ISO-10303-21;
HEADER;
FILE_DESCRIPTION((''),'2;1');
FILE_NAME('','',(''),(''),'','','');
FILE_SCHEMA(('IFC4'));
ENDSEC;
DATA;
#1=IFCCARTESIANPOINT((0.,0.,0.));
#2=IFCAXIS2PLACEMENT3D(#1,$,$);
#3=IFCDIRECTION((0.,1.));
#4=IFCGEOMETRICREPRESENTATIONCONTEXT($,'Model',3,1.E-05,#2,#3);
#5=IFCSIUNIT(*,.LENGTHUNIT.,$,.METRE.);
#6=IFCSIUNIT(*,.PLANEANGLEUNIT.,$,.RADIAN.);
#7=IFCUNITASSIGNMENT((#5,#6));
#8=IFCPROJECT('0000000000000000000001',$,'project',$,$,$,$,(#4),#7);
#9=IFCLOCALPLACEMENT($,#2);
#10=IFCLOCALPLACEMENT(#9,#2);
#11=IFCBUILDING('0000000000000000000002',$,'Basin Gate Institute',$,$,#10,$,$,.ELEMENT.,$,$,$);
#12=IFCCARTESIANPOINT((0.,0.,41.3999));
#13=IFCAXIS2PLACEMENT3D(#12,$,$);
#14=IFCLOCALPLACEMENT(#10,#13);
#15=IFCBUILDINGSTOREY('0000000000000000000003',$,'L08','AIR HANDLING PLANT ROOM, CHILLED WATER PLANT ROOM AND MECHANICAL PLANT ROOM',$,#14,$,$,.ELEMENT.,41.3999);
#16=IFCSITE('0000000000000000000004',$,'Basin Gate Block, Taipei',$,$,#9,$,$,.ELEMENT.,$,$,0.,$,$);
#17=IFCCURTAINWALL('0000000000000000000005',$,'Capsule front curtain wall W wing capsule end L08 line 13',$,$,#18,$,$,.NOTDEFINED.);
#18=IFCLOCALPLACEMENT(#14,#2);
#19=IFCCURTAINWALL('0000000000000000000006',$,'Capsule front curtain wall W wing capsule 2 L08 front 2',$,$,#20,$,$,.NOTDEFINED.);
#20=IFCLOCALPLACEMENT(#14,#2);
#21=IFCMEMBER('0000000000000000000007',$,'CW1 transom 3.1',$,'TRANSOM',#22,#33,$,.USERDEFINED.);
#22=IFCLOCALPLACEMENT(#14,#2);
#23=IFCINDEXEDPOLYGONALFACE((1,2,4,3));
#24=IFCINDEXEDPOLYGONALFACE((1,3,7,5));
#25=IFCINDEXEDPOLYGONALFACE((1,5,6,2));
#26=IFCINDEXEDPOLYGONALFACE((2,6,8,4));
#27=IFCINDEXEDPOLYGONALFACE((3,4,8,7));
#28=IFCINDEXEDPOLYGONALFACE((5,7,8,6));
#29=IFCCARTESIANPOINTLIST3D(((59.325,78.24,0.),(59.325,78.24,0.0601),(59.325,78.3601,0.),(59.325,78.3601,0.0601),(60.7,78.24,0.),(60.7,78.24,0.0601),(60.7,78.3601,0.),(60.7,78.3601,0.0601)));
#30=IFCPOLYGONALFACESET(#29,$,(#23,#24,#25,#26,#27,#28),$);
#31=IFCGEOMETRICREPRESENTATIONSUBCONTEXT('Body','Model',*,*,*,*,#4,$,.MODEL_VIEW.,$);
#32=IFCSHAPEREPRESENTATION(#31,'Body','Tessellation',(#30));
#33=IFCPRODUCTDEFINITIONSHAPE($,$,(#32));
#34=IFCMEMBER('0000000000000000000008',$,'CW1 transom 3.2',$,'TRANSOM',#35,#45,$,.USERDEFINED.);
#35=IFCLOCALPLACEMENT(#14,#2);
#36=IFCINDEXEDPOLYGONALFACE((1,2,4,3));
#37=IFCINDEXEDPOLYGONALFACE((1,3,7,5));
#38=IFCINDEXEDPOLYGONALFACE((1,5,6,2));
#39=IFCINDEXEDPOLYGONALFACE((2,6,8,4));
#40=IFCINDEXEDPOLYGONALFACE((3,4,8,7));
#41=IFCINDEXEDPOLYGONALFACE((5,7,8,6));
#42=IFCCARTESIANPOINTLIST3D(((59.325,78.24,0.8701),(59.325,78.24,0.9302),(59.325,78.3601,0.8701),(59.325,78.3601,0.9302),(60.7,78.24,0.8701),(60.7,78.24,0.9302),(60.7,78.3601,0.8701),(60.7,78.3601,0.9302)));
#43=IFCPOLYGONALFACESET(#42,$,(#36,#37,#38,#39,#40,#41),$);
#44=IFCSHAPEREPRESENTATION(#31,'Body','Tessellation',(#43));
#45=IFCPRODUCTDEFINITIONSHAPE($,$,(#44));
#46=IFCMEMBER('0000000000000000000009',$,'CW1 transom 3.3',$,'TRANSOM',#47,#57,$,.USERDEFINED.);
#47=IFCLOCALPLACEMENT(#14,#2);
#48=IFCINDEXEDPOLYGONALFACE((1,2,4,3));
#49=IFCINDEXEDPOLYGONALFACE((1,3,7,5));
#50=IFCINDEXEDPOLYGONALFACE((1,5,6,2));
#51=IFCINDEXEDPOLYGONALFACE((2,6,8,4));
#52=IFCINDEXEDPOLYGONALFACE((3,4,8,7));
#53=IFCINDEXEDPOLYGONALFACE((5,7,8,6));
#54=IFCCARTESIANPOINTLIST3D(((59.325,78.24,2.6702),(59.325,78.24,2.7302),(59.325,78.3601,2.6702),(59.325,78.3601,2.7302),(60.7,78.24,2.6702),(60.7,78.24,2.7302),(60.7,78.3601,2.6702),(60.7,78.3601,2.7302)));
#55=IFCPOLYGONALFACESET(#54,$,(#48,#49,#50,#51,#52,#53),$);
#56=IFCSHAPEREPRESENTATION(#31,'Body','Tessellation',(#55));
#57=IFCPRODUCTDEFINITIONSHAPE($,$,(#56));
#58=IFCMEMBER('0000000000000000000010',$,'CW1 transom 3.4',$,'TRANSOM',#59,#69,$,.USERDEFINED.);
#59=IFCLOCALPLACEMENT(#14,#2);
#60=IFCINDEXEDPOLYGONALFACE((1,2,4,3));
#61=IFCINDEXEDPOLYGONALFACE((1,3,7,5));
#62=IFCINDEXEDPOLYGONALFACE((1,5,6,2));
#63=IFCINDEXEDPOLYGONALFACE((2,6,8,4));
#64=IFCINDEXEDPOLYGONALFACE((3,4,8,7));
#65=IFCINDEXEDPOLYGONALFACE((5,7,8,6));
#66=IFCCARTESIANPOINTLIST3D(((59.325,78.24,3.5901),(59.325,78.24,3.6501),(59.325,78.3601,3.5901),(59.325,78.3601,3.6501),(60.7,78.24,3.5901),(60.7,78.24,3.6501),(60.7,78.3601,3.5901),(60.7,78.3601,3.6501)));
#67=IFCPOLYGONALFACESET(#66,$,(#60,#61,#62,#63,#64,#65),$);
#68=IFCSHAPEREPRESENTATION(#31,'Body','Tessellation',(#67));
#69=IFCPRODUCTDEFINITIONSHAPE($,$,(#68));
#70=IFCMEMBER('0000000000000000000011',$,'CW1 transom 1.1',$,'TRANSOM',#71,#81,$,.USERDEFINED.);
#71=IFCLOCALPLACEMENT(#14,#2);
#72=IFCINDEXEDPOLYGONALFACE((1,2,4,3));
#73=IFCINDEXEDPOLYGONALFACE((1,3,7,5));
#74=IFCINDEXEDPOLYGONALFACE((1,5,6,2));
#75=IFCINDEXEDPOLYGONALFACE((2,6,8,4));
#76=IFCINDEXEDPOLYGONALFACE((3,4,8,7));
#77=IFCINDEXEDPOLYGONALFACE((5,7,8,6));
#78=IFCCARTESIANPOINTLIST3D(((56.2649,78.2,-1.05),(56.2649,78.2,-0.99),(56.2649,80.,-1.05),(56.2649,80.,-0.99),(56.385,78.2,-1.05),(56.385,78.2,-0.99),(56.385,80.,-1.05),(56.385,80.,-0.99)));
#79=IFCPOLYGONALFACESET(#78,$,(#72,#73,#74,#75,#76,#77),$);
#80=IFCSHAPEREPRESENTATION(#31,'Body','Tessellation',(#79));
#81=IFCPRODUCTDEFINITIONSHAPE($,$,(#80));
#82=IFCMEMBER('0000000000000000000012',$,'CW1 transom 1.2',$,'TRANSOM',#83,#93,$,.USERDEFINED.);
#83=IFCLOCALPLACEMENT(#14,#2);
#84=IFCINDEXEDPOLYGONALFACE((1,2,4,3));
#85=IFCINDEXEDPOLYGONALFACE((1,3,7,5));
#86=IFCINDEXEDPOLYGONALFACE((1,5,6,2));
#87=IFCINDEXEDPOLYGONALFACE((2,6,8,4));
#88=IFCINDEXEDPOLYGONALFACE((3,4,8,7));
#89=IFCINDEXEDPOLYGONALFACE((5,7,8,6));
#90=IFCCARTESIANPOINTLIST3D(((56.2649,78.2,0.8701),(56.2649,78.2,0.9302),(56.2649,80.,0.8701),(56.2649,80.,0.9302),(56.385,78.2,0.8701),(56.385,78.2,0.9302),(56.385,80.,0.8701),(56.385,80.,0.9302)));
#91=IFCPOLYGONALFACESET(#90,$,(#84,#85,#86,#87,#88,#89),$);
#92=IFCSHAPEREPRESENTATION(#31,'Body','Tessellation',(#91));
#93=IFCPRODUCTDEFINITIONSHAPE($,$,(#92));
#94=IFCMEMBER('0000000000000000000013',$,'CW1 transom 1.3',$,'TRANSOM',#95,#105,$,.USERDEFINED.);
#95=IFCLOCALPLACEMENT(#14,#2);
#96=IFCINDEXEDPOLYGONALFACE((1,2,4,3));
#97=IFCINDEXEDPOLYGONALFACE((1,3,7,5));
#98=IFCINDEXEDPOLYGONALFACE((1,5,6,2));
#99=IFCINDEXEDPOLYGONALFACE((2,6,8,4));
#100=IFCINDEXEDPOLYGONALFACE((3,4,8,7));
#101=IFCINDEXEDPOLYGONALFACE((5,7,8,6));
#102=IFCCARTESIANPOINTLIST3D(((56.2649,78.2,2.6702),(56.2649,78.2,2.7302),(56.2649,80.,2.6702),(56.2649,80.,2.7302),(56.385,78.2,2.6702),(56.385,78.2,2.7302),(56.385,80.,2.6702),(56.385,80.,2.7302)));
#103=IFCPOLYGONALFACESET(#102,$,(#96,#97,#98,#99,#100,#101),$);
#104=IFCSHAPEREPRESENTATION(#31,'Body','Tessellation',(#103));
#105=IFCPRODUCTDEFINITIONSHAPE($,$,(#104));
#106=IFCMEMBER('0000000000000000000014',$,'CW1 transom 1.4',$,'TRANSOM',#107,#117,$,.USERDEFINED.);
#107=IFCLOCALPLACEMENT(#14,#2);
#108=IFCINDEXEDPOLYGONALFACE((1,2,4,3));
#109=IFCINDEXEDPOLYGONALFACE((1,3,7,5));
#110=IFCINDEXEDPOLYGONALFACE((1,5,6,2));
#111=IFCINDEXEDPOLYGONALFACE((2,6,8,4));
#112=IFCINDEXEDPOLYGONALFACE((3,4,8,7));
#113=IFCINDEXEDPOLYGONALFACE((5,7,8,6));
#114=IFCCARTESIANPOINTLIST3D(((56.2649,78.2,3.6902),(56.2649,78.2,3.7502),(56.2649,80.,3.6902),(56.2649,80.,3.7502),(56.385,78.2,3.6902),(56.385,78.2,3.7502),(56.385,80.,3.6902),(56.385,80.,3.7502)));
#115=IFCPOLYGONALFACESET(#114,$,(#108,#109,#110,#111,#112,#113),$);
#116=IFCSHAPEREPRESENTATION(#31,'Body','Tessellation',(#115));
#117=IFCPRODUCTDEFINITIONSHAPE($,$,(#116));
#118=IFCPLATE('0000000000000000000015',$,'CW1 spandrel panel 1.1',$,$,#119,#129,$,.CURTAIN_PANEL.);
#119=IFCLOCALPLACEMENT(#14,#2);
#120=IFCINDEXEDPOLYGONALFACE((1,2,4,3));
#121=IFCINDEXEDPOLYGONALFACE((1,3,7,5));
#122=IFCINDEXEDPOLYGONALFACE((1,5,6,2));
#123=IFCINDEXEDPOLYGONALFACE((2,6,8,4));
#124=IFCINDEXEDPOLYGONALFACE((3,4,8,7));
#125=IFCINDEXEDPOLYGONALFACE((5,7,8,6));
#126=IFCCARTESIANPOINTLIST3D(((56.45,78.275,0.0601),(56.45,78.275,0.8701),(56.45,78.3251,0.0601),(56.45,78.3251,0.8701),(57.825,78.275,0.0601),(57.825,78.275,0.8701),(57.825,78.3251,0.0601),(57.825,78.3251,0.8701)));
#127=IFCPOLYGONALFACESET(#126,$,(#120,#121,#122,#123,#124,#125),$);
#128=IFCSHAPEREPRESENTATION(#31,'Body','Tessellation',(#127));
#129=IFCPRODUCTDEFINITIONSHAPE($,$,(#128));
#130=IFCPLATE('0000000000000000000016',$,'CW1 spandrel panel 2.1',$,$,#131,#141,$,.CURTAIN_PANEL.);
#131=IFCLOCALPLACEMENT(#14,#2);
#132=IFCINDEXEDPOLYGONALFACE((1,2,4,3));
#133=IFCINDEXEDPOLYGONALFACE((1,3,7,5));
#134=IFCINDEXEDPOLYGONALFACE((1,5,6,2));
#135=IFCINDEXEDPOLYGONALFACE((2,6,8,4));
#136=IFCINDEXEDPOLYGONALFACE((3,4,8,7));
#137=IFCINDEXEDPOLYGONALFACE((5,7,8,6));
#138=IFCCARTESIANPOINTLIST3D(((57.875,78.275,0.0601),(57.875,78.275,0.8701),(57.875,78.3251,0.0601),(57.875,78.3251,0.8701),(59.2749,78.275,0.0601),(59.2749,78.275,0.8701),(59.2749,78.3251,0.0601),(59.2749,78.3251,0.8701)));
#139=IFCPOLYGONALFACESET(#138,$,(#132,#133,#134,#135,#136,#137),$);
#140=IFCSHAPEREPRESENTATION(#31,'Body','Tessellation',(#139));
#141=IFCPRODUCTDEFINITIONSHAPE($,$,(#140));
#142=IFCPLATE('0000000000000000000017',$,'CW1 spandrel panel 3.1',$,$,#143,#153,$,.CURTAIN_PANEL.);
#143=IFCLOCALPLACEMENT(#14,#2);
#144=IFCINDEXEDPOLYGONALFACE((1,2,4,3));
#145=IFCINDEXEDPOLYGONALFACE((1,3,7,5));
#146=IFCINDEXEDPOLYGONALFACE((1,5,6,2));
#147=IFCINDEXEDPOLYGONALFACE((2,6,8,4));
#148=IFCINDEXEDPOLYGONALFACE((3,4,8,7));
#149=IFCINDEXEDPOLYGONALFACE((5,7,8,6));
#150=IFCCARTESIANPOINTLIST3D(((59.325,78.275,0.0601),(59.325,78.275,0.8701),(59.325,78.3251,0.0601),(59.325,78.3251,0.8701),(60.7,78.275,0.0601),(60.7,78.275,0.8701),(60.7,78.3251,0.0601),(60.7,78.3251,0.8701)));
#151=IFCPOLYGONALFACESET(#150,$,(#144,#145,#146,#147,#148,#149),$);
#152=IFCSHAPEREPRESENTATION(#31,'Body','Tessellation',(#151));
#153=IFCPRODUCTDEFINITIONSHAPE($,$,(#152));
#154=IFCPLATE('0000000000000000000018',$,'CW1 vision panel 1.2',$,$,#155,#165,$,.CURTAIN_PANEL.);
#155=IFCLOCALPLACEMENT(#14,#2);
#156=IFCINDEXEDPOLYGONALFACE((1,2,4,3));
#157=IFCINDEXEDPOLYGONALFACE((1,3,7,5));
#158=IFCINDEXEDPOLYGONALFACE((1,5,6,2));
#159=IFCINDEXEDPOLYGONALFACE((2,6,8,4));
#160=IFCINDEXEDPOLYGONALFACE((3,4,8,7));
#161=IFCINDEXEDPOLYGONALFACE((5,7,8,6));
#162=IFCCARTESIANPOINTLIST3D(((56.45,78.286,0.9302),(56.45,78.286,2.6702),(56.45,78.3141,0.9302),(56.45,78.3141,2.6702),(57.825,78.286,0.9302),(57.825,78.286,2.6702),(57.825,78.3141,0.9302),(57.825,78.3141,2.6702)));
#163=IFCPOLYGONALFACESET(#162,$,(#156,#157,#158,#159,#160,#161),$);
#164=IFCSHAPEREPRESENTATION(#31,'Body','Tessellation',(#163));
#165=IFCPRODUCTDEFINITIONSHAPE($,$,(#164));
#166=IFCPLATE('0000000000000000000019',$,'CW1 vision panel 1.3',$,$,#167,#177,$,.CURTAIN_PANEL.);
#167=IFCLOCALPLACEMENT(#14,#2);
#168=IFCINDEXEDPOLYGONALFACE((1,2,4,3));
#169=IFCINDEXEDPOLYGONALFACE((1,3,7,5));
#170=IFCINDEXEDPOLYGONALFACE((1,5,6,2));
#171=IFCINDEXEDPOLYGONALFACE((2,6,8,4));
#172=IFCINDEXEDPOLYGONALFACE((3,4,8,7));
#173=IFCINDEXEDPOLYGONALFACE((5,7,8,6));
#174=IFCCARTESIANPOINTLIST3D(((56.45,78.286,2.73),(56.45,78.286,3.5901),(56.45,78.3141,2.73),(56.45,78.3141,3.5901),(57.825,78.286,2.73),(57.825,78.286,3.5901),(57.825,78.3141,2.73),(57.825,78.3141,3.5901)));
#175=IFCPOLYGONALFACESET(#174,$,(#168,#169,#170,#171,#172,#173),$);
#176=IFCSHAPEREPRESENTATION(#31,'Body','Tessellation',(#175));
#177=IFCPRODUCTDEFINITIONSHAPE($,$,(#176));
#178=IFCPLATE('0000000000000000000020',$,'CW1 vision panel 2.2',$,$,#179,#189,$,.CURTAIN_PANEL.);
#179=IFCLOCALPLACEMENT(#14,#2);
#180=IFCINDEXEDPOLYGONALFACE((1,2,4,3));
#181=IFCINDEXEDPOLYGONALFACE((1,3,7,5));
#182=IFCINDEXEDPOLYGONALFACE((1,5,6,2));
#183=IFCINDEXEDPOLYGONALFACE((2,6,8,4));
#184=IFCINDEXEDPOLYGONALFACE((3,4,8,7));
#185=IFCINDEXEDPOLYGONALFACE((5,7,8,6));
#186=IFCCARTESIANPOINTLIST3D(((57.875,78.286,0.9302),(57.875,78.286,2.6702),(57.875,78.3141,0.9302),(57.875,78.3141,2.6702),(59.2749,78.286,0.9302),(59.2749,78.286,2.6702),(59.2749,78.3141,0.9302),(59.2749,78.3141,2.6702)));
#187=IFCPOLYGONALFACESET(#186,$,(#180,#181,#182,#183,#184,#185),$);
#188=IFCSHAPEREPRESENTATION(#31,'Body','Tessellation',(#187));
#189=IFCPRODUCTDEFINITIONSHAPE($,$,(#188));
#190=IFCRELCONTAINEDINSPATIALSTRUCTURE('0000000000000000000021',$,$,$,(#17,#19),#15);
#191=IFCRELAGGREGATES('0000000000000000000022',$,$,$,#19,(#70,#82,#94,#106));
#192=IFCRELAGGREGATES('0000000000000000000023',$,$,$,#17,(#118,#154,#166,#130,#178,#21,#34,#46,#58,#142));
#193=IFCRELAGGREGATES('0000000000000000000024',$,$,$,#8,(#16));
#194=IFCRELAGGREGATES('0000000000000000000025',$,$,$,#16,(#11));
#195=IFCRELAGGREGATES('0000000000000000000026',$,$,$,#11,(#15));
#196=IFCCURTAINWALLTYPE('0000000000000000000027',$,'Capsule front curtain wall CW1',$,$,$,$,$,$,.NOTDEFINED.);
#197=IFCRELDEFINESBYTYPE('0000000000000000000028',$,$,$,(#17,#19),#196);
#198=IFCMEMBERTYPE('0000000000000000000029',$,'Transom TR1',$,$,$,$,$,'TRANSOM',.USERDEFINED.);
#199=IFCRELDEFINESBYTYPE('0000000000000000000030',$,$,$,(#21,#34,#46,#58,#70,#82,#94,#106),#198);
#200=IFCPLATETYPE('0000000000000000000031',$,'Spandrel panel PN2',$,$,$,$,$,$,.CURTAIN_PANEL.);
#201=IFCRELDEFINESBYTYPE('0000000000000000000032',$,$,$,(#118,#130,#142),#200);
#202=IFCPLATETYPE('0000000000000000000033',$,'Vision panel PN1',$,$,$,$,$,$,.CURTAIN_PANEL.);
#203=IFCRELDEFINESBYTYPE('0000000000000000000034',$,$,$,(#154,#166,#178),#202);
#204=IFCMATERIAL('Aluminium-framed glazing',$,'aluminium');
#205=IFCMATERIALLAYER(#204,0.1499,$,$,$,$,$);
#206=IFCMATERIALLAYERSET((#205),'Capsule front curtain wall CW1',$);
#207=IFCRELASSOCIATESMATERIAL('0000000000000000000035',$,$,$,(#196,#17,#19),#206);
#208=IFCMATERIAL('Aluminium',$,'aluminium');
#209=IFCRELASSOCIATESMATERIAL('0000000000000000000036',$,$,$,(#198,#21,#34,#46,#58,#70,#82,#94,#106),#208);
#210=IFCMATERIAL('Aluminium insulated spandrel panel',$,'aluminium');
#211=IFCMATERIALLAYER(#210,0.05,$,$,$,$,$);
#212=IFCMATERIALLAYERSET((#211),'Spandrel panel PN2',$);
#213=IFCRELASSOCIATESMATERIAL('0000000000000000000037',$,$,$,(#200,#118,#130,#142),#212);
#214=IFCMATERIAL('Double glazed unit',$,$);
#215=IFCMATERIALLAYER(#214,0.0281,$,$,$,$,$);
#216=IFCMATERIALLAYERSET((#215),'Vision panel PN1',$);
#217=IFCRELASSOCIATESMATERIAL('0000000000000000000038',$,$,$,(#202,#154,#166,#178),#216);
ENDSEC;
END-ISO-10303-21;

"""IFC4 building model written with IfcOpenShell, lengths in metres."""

from ifc_helpers import new_model, si_unit, direction, frame, origin, origin_2d, place, context, subcontext, project, spatial, rectangle, extrude, material, layer, layer_set, material_profile, profile_set, type_object, element, aggregate, save


model = new_model("IFC4")

# Units and contexts
model_context = context("Model", 3, precision=1e-05, world=origin(), true_north=direction((0.0, 1.0)))
body_context = subcontext(model_context, "Body", "Model", "MODEL_VIEW")
ifc_project = project(units=[si_unit("LENGTHUNIT", "METRE"), si_unit("PLANEANGLEUNIT", "RADIAN")], contexts=[model_context])

# Site, building, storey
site_placement = place(None, origin())
site = spatial("IfcSite", under=ifc_project, at=site_placement, Name="Basin Gate Block, Taipei", CompositionType="ELEMENT", RefElevation=0.0)
building_placement = place(site_placement, origin())
building = spatial("IfcBuilding", under=site, at=building_placement, Name="Basin Gate Institute", CompositionType="ELEMENT")
storey_placement = place(building_placement, frame((0.0, 0.0, 41.3999)))
storey = spatial("IfcBuildingStorey", under=building, at=storey_placement, Name="L08", Description="AIR HANDLING PLANT ROOM, CHILLED WATER PLANT ROOM AND MECHANICAL PLANT ROOM", CompositionType="ELEMENT", Elevation=41.3999)

# Curtain wall
ifc_material_1 = material(Name="Aluminium-framed glazing", Category="aluminium")
ifc_layer_1 = layer(ifc_material_1, 0.1499)
ifc_layer_set_1 = layer_set([ifc_layer_1], Name="Capsule front curtain wall CW1")
curtain_wall_type = type_object("IfcCurtainWallType", Name="Capsule front curtain wall CW1", PredefinedType="NOTDEFINED", material=ifc_layer_set_1)
curtain_wall_1_placement = place(storey_placement, origin())
curtain_wall_1 = element("IfcCurtainWall", 1, at=curtain_wall_1_placement, inside=storey, type_object=curtain_wall_type, material=ifc_layer_set_1, Name="Capsule front curtain wall W wing capsule end L08 line 13", PredefinedType="NOTDEFINED")

# Curtain wall
curtain_wall_2_placement = place(storey_placement, origin())
curtain_wall_2 = element("IfcCurtainWall", 2, at=curtain_wall_2_placement, inside=storey, type_object=curtain_wall_type, material=ifc_layer_set_1, Name="Capsule front curtain wall W wing capsule 2 L08 front 2", PredefinedType="NOTDEFINED")

# Members
ifc_material_2 = material(Name="Aluminium", Category="aluminium")
ifc_material_profile_1 = material_profile(ifc_material_2, rectangle(XDim=0.1201, YDim=0.0601, at=origin_2d()), Name="Transom TR1 120 x 60")
ifc_profile_set_1 = profile_set([ifc_material_profile_1], Name="Aluminium")
member_type_1 = type_object("IfcMemberType", Name="Transom TR1", ElementType="TRANSOM", PredefinedType="USERDEFINED", material=ifc_profile_set_1)
member_1_placement = place(storey_placement, frame((59.325, 78.3, 0.03), z_axis=(1.0, 0.0, 0.0), x_axis=(0.0, 1.0, 0.0)))
member_1 = element("IfcMember", 3, at=member_1_placement, type_object=member_type_1, material=ifc_profile_set_1, Name="CW1 transom 3.1", ObjectType="TRANSOM", PredefinedType="USERDEFINED", context=body_context, shape_type="SweptSolid", body=[
    extrude(rectangle(XDim=0.1201, YDim=0.0601, at=origin_2d()), origin(), (0.0, 0.0, 1.0), 1.375),
])
member_2_placement = place(storey_placement, frame((59.325, 78.3, 0.9001), z_axis=(1.0, 0.0, 0.0), x_axis=(0.0, 1.0, 0.0)))
member_2 = element("IfcMember", 4, at=member_2_placement, type_object=member_type_1, material=ifc_profile_set_1, Name="CW1 transom 3.2", ObjectType="TRANSOM", PredefinedType="USERDEFINED", context=body_context, shape_type="SweptSolid", body=[
    extrude(rectangle(XDim=0.1201, YDim=0.0601, at=origin_2d()), origin(), (0.0, 0.0, 1.0), 1.375),
])
member_3_placement = place(storey_placement, frame((59.325, 78.3, 2.7002), z_axis=(1.0, 0.0, 0.0), x_axis=(0.0, 1.0, 0.0)))
member_3 = element("IfcMember", 5, at=member_3_placement, type_object=member_type_1, material=ifc_profile_set_1, Name="CW1 transom 3.3", ObjectType="TRANSOM", PredefinedType="USERDEFINED", context=body_context, shape_type="SweptSolid", body=[
    extrude(rectangle(XDim=0.1201, YDim=0.0601, at=origin_2d()), origin(), (0.0, 0.0, 1.0), 1.375),
])
member_4_placement = place(storey_placement, frame((59.325, 78.3, 3.6201), z_axis=(1.0, 0.0, 0.0), x_axis=(0.0, 1.0, 0.0)))
member_4 = element("IfcMember", 6, at=member_4_placement, type_object=member_type_1, material=ifc_profile_set_1, Name="CW1 transom 3.4", ObjectType="TRANSOM", PredefinedType="USERDEFINED", context=body_context, shape_type="SweptSolid", body=[
    extrude(rectangle(XDim=0.1201, YDim=0.0601, at=origin_2d()), origin(), (0.0, 0.0, 1.0), 1.375),
])
member_5_placement = place(storey_placement, frame((56.325, 78.2, -1.02), z_axis=(0.0, 1.0, 0.0), x_axis=(-1.0, 0.0, 0.0)))
member_5 = element("IfcMember", 7, at=member_5_placement, type_object=member_type_1, material=ifc_profile_set_1, Name="CW1 transom 1.1", ObjectType="TRANSOM", PredefinedType="USERDEFINED", context=body_context, shape_type="SweptSolid", body=[
    extrude(rectangle(XDim=0.1201, YDim=0.0601, at=origin_2d()), origin(), (0.0, 0.0, 1.0), 1.8),
])
member_6_placement = place(storey_placement, frame((56.325, 78.2, 0.9001), z_axis=(0.0, 1.0, 0.0), x_axis=(-1.0, 0.0, 0.0)))
member_6 = element("IfcMember", 8, at=member_6_placement, type_object=member_type_1, material=ifc_profile_set_1, Name="CW1 transom 1.2", ObjectType="TRANSOM", PredefinedType="USERDEFINED", context=body_context, shape_type="SweptSolid", body=[
    extrude(rectangle(XDim=0.1201, YDim=0.0601, at=origin_2d()), origin(), (0.0, 0.0, 1.0), 1.8),
])
member_7_placement = place(storey_placement, frame((56.325, 78.2, 2.7002), z_axis=(0.0, 1.0, 0.0), x_axis=(-1.0, 0.0, 0.0)))
member_7 = element("IfcMember", 9, at=member_7_placement, type_object=member_type_1, material=ifc_profile_set_1, Name="CW1 transom 1.3", ObjectType="TRANSOM", PredefinedType="USERDEFINED", context=body_context, shape_type="SweptSolid", body=[
    extrude(rectangle(XDim=0.1201, YDim=0.0601, at=origin_2d()), origin(), (0.0, 0.0, 1.0), 1.8),
])
member_8_placement = place(storey_placement, frame((56.325, 78.2, 3.7202), z_axis=(0.0, 1.0, 0.0), x_axis=(-1.0, 0.0, 0.0)))
member_8 = element("IfcMember", 10, at=member_8_placement, type_object=member_type_1, material=ifc_profile_set_1, Name="CW1 transom 1.4", ObjectType="TRANSOM", PredefinedType="USERDEFINED", context=body_context, shape_type="SweptSolid", body=[
    extrude(rectangle(XDim=0.1201, YDim=0.0601, at=origin_2d()), origin(), (0.0, 0.0, 1.0), 1.8),
])
aggregate(curtain_wall_2, [member_5, member_6, member_7, member_8])

# Plates
ifc_material_3 = material(Name="Aluminium insulated spandrel panel", Category="aluminium")
ifc_layer_2 = layer(ifc_material_3, 0.05)
ifc_layer_set_2 = layer_set([ifc_layer_2], Name="Spandrel panel PN2")
plate_type_1 = type_object("IfcPlateType", Name="Spandrel panel PN2", PredefinedType="CURTAIN_PANEL", material=ifc_layer_set_2)
plate_1_placement = place(storey_placement, frame((57.1375, 78.3, 0.0601), z_axis=(0.0, 0.0, 1.0), x_axis=(1.0, 0.0, 0.0)))
plate_1 = element("IfcPlate", 11, at=plate_1_placement, type_object=plate_type_1, material=ifc_layer_set_2, Name="CW1 spandrel panel 1.1", PredefinedType="CURTAIN_PANEL", context=body_context, shape_type="SweptSolid", body=[
    extrude(rectangle(XDim=1.375, YDim=0.05, at=origin_2d()), origin(), (0.0, 0.0, 1.0), 0.8101),
])
plate_2_placement = place(storey_placement, frame((58.575, 78.3, 0.0601), z_axis=(0.0, 0.0, 1.0), x_axis=(1.0, 0.0, 0.0)))
plate_2 = element("IfcPlate", 12, at=plate_2_placement, type_object=plate_type_1, material=ifc_layer_set_2, Name="CW1 spandrel panel 2.1", PredefinedType="CURTAIN_PANEL", context=body_context, shape_type="SweptSolid", body=[
    extrude(rectangle(XDim=1.3999, YDim=0.05, at=origin_2d()), origin(), (0.0, 0.0, 1.0), 0.8101),
])
plate_3_placement = place(storey_placement, frame((60.0125, 78.3, 0.0601), z_axis=(0.0, 0.0, 1.0), x_axis=(1.0, 0.0, 0.0)))
plate_3 = element("IfcPlate", 13, at=plate_3_placement, type_object=plate_type_1, material=ifc_layer_set_2, Name="CW1 spandrel panel 3.1", PredefinedType="CURTAIN_PANEL", context=body_context, shape_type="SweptSolid", body=[
    extrude(rectangle(XDim=1.375, YDim=0.05, at=origin_2d()), origin(), (0.0, 0.0, 1.0), 0.8101),
])
ifc_material_4 = material(Name="Double glazed unit")
ifc_layer_3 = layer(ifc_material_4, 0.0281)
ifc_layer_set_3 = layer_set([ifc_layer_3], Name="Vision panel PN1")
plate_type_2 = type_object("IfcPlateType", Name="Vision panel PN1", PredefinedType="CURTAIN_PANEL", material=ifc_layer_set_3)
plate_4_placement = place(storey_placement, frame((57.1375, 78.3, 0.9302), z_axis=(0.0, 0.0, 1.0), x_axis=(1.0, 0.0, 0.0)))
plate_4 = element("IfcPlate", 14, at=plate_4_placement, type_object=plate_type_2, material=ifc_layer_set_3, Name="CW1 vision panel 1.2", PredefinedType="CURTAIN_PANEL", context=body_context, shape_type="SweptSolid", body=[
    extrude(rectangle(XDim=1.375, YDim=0.0281, at=origin_2d()), origin(), (0.0, 0.0, 1.0), 1.74),
])
plate_5_placement = place(storey_placement, frame((57.1375, 78.3, 2.73), z_axis=(0.0, 0.0, 1.0), x_axis=(1.0, 0.0, 0.0)))
plate_5 = element("IfcPlate", 15, at=plate_5_placement, type_object=plate_type_2, material=ifc_layer_set_3, Name="CW1 vision panel 1.3", PredefinedType="CURTAIN_PANEL", context=body_context, shape_type="SweptSolid", body=[
    extrude(rectangle(XDim=1.375, YDim=0.0281, at=origin_2d()), origin(), (0.0, 0.0, 1.0), 0.8601),
])
plate_6_placement = place(storey_placement, frame((58.575, 78.3, 0.9302), z_axis=(0.0, 0.0, 1.0), x_axis=(1.0, 0.0, 0.0)))
plate_6 = element("IfcPlate", 16, at=plate_6_placement, type_object=plate_type_2, material=ifc_layer_set_3, Name="CW1 vision panel 2.2", PredefinedType="CURTAIN_PANEL", context=body_context, shape_type="SweptSolid", body=[
    extrude(rectangle(XDim=1.3999, YDim=0.0281, at=origin_2d()), origin(), (0.0, 0.0, 1.0), 1.74),
])
aggregate(curtain_wall_1, [plate_1, plate_4, plate_5, plate_2, plate_6, member_1, member_2, member_3, member_4, plate_3])

save(model, "model.ifc")
